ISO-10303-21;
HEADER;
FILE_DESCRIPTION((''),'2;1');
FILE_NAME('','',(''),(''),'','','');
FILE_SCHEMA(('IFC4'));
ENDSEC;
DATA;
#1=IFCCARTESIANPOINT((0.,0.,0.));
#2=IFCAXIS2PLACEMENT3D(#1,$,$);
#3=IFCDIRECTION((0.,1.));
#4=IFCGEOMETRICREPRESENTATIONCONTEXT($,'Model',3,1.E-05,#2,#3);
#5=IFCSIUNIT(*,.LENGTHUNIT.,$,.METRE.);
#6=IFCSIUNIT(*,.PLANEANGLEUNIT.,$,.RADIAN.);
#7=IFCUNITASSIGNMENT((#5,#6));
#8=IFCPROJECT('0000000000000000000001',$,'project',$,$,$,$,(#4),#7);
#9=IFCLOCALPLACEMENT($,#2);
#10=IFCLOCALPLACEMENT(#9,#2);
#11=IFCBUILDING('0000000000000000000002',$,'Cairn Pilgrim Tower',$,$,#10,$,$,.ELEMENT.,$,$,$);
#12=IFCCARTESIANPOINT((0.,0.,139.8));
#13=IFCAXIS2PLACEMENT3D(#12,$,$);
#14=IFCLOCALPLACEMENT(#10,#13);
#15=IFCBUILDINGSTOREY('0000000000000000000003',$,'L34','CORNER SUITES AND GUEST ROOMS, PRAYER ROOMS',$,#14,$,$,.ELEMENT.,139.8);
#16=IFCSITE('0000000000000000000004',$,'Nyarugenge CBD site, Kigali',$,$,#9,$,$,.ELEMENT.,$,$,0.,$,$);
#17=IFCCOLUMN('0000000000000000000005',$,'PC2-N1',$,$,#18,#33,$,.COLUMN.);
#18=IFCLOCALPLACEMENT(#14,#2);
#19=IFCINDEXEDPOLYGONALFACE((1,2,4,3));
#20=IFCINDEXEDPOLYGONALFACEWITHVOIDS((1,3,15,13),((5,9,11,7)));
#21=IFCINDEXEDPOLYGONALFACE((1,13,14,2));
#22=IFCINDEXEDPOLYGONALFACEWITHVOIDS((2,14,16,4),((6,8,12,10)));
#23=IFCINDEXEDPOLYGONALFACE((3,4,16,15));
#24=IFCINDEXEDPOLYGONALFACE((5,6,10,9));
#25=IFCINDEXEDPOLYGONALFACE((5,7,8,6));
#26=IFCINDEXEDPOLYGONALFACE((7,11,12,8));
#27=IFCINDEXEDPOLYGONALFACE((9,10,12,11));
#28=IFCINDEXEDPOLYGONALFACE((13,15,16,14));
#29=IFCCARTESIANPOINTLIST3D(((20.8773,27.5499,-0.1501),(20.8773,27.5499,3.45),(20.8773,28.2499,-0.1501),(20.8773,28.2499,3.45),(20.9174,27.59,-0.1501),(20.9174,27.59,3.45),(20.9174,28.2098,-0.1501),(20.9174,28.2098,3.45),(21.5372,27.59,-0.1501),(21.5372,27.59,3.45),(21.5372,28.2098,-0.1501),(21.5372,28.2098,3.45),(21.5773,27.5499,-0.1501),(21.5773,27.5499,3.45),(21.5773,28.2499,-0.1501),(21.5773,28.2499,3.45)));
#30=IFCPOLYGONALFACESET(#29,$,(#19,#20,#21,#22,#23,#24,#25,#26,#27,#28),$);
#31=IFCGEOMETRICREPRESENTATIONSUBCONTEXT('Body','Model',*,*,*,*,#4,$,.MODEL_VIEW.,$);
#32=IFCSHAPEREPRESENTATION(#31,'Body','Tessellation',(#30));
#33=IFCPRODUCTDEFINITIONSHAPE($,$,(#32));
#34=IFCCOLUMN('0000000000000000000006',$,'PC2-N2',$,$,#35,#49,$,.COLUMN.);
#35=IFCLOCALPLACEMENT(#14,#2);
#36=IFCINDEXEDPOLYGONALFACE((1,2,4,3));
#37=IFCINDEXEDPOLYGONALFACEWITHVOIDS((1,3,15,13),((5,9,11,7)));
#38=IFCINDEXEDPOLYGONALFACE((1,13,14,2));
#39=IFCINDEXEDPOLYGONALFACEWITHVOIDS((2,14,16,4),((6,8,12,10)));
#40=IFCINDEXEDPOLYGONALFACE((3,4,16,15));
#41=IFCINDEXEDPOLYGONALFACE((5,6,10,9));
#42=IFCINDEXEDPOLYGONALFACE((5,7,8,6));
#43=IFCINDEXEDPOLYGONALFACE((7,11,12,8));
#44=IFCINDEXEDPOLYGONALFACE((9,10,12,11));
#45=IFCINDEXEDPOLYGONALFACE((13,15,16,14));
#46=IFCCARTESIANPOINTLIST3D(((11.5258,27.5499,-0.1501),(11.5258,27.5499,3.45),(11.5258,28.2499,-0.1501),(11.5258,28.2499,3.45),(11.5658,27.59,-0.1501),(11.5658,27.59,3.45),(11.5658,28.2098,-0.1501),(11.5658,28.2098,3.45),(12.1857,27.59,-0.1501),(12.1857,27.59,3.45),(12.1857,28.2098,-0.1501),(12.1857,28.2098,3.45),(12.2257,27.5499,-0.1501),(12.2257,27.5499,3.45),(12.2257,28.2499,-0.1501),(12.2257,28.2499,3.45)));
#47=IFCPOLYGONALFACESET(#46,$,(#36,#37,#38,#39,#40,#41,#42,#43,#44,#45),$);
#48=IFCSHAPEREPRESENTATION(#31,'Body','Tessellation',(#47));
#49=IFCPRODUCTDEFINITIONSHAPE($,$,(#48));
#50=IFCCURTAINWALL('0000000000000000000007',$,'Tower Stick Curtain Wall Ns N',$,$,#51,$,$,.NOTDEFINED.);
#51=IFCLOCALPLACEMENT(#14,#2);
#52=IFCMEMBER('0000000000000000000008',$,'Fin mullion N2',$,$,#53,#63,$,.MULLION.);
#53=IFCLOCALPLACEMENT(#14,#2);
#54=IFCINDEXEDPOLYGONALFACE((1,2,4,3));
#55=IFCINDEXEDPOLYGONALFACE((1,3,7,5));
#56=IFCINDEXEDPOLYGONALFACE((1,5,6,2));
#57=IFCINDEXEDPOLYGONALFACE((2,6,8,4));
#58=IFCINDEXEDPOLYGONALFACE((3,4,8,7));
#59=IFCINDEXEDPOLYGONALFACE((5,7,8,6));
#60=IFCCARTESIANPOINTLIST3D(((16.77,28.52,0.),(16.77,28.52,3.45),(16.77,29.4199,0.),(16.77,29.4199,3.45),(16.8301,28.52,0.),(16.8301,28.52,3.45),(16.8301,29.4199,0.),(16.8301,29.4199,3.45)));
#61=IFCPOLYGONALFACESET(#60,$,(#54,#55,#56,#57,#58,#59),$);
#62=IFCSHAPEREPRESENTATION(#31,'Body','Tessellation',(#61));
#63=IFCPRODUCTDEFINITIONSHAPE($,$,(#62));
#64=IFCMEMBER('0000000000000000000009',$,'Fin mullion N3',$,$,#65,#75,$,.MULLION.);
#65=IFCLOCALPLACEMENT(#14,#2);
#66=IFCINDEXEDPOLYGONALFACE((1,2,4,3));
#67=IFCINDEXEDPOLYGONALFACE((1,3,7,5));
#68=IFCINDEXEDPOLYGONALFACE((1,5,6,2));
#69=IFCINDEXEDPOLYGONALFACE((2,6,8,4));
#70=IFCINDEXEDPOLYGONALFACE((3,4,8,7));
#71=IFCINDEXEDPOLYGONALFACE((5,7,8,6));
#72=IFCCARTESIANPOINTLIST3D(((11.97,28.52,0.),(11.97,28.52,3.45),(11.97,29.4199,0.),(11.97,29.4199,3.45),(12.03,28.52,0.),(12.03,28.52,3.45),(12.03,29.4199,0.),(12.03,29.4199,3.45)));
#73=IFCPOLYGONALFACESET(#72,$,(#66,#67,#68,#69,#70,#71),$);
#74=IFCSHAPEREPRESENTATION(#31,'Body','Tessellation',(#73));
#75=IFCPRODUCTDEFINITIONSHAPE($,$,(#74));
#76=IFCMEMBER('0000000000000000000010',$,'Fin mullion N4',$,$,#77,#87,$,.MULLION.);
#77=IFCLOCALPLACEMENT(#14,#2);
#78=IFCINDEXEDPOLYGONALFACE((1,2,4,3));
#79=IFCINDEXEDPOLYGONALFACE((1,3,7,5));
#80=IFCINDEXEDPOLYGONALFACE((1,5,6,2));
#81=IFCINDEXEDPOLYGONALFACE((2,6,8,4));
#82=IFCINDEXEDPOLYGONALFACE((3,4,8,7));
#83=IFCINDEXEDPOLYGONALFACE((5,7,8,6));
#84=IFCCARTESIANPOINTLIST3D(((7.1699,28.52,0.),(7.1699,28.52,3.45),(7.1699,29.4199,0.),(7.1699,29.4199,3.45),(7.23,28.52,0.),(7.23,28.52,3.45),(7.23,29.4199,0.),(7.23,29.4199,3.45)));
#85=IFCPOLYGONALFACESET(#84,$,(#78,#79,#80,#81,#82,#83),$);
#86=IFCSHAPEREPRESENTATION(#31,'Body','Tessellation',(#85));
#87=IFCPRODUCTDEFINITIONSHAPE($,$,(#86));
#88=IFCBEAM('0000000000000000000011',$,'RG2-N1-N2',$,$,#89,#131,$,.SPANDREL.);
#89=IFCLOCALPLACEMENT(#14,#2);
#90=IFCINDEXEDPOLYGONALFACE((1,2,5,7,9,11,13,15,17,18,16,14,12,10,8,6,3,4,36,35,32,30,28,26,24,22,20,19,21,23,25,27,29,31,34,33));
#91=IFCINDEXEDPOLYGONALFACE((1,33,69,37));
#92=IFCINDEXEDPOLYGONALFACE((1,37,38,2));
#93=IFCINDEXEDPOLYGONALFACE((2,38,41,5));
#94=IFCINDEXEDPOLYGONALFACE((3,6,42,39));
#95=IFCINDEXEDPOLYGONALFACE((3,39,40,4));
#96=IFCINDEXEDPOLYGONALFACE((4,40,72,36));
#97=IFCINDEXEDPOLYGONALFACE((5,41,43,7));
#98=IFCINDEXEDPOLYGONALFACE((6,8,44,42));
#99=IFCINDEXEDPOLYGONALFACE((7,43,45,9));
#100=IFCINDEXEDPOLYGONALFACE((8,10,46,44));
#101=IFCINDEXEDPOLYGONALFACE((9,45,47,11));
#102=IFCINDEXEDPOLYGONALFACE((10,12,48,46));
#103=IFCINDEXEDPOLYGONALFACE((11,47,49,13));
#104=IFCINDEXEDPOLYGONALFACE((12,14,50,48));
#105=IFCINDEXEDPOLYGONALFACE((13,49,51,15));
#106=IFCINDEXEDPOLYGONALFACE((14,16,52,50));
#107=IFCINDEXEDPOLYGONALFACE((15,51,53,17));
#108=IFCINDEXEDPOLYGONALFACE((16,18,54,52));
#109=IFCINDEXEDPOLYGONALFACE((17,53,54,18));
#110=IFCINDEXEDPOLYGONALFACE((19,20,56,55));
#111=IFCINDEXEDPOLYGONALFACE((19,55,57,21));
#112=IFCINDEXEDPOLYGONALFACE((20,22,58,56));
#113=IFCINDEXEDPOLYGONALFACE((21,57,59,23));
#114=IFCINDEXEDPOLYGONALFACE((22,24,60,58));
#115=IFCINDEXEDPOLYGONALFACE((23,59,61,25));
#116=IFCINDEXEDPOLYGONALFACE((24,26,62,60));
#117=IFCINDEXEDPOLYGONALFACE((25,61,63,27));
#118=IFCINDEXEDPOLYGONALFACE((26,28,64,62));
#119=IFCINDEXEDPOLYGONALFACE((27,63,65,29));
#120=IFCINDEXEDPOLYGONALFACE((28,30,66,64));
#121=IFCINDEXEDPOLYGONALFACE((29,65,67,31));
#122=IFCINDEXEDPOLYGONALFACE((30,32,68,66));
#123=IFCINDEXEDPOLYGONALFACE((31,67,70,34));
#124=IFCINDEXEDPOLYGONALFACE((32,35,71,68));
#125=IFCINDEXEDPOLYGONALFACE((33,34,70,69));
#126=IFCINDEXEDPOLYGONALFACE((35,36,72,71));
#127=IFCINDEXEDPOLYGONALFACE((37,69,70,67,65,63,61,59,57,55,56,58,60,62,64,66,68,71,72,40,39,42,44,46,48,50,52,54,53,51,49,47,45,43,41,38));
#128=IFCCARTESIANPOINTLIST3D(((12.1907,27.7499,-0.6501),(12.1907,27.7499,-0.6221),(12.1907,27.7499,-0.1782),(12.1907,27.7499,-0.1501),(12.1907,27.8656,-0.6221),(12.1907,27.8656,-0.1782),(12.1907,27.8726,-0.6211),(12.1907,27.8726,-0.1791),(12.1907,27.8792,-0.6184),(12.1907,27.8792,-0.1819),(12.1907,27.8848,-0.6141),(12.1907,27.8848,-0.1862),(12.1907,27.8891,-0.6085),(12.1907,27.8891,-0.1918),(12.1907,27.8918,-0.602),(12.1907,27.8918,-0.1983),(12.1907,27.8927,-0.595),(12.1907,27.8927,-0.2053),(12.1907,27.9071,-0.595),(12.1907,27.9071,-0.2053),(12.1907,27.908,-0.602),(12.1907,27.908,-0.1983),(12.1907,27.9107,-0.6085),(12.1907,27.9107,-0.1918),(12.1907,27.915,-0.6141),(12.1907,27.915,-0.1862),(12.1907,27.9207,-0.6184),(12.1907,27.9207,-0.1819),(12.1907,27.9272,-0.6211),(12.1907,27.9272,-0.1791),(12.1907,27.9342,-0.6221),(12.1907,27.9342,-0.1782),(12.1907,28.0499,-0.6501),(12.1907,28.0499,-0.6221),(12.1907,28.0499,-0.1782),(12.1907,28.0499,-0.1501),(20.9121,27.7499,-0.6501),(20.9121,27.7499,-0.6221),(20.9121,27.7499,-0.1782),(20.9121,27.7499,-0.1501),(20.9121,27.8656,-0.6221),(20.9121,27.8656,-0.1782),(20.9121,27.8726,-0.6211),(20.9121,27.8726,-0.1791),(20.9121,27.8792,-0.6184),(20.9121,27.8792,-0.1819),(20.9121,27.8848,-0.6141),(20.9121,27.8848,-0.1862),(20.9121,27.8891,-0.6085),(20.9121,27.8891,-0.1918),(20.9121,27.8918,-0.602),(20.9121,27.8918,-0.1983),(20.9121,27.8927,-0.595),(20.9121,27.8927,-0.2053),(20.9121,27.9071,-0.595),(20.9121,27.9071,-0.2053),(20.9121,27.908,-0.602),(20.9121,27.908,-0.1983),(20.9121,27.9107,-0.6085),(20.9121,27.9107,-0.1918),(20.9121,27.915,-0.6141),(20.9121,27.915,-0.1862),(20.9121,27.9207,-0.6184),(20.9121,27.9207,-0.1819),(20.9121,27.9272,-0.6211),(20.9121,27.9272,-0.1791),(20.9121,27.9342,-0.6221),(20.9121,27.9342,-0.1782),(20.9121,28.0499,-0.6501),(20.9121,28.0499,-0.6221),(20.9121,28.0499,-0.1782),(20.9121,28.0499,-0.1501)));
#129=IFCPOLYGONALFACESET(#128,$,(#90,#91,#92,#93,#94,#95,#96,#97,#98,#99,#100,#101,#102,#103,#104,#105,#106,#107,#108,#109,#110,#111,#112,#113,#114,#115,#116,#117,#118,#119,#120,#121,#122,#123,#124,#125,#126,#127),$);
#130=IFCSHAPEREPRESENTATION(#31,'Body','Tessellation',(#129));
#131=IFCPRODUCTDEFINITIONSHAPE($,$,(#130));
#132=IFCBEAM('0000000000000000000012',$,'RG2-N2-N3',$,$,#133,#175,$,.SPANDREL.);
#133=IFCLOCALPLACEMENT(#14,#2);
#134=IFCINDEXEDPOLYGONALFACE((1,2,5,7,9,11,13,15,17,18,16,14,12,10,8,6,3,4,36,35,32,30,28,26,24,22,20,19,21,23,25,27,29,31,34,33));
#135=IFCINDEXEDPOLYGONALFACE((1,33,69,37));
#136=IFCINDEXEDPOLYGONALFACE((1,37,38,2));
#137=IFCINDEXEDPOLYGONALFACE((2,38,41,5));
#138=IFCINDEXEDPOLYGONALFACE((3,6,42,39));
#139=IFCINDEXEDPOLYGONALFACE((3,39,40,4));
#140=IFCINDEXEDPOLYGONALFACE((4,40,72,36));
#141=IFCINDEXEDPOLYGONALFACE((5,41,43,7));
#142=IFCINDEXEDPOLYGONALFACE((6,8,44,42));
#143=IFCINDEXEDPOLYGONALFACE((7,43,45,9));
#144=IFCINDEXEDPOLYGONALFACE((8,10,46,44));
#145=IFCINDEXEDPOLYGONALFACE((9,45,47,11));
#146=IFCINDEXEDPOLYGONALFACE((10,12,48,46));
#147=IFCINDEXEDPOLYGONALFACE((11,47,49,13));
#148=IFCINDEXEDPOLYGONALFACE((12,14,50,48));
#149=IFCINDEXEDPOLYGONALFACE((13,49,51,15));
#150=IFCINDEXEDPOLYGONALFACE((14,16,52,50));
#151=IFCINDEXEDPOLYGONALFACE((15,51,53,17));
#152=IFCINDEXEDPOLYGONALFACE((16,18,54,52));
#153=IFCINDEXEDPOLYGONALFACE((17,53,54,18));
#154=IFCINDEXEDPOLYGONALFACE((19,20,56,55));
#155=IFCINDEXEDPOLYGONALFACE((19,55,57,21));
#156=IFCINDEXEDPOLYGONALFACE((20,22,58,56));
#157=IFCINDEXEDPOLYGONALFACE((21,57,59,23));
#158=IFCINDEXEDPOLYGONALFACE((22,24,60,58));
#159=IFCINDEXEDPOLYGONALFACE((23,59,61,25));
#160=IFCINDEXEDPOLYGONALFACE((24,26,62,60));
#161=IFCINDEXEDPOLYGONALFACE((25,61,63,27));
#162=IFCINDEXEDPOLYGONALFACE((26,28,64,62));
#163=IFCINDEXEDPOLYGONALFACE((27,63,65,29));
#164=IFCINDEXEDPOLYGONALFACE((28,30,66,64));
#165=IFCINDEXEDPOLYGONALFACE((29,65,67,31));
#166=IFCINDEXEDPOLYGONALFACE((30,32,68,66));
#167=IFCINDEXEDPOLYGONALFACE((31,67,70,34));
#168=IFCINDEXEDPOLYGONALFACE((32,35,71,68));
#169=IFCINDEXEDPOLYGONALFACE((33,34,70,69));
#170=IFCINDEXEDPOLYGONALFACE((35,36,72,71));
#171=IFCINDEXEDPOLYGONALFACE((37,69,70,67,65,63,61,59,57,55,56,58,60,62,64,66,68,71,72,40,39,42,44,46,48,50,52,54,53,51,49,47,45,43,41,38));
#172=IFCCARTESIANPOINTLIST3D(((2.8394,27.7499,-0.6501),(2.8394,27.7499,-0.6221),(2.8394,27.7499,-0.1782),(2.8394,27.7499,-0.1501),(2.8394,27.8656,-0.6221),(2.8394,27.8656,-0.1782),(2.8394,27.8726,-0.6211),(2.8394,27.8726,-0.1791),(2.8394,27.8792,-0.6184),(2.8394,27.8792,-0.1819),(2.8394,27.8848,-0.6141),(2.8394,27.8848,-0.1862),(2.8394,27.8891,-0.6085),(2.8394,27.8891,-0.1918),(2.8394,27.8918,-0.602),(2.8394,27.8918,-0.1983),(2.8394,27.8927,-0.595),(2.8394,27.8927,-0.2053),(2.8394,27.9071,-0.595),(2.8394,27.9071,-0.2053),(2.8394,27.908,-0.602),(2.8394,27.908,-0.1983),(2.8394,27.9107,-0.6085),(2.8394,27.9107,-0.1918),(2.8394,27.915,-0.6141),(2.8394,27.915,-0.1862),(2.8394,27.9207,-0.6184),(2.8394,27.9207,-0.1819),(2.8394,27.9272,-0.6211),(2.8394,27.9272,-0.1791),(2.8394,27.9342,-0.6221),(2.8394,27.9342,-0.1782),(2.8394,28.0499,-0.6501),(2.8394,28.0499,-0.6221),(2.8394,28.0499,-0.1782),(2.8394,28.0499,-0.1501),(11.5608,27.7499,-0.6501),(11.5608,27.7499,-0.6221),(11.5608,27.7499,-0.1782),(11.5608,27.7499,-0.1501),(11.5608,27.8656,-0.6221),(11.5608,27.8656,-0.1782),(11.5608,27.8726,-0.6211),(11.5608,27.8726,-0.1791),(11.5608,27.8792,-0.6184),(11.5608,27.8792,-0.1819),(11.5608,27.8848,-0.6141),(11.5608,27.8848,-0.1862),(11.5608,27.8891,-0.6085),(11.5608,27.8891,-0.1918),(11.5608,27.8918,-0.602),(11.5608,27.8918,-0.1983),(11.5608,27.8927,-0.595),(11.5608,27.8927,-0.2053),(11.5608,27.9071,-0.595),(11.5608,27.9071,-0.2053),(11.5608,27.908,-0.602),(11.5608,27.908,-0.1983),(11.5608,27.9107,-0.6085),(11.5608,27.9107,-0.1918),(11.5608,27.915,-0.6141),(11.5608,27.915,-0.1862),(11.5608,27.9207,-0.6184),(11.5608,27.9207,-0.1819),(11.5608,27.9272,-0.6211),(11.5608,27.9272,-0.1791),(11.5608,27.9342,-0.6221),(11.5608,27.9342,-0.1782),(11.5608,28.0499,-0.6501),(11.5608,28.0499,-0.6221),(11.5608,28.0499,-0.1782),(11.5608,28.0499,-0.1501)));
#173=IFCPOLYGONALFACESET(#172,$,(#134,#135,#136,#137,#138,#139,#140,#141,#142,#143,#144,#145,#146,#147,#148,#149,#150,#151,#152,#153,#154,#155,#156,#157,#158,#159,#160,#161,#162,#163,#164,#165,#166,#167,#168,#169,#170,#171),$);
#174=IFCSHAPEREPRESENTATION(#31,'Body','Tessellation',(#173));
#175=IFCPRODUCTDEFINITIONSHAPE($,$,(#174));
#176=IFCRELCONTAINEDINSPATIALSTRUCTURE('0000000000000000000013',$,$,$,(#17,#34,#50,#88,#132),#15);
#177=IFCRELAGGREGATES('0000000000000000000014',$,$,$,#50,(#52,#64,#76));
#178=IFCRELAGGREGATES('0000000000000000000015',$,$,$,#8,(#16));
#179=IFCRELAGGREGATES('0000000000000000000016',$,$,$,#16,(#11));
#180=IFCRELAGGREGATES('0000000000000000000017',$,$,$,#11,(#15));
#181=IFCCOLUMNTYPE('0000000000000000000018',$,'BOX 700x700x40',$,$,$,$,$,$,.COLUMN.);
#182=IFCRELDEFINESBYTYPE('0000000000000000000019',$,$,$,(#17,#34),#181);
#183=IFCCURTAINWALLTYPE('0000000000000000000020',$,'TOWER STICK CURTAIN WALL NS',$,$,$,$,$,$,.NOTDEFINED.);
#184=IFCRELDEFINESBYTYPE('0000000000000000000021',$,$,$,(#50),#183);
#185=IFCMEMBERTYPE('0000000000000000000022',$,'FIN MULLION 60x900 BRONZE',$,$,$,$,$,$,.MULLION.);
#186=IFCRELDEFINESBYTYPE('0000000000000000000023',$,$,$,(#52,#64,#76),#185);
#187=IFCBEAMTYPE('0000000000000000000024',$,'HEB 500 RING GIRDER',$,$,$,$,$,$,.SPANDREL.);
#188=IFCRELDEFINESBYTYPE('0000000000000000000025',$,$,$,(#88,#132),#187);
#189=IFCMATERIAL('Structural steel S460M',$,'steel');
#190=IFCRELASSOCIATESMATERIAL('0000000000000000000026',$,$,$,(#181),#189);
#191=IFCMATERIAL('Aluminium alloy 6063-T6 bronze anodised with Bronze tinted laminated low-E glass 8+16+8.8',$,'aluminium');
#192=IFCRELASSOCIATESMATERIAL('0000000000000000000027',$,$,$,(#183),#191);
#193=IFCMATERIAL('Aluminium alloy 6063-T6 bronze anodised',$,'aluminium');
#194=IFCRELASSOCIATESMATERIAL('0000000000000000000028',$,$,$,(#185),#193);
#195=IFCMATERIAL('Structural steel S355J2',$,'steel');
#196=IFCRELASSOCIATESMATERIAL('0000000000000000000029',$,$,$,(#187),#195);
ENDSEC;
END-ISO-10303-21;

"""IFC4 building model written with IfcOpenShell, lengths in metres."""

from ifc_helpers import new_model, si_unit, direction, frame, origin, origin_2d, place, context, subcontext, project, spatial, rectangle, hollow_rectangle, i_section, extrude, material, material_profile, profile_set, type_object, element, aggregate, save


model = new_model("IFC4")

# Units and contexts
model_context = context("Model", 3, precision=1e-05, world=origin(), true_north=direction((0.0, 1.0)))
body_context = subcontext(model_context, "Body", "Model", "MODEL_VIEW")
ifc_project = project(units=[si_unit("LENGTHUNIT", "METRE"), si_unit("PLANEANGLEUNIT", "RADIAN")], contexts=[model_context])

# Site, building, storey
site_placement = place(None, origin())
site = spatial("IfcSite", under=ifc_project, at=site_placement, Name="Nyarugenge CBD site, Kigali", CompositionType="ELEMENT", RefElevation=0.0)
building_placement = place(site_placement, origin())
building = spatial("IfcBuilding", under=site, at=building_placement, Name="Cairn Pilgrim Tower", CompositionType="ELEMENT")
storey_placement = place(building_placement, frame((0.0, 0.0, 139.8)))
storey = spatial("IfcBuildingStorey", under=building, at=storey_placement, Name="L34", Description="CORNER SUITES AND GUEST ROOMS, PRAYER ROOMS", CompositionType="ELEMENT", Elevation=139.8)

# Columns
ifc_material_1 = material(Name="Structural steel S460M", Category="steel")
ifc_material_profile_1 = material_profile(ifc_material_1, hollow_rectangle(XDim=0.7, YDim=0.7, WallThickness=0.04, at=origin_2d()), Name="BOX 700x700x40")
ifc_profile_set_1 = profile_set([ifc_material_profile_1], Name="Structural steel S460M")
column_type = type_object("IfcColumnType", Name="BOX 700x700x40", PredefinedType="COLUMN", material=ifc_profile_set_1)
for number, where, z_axis, x_axis, name in (
    (1, (21.2273, 27.8999, -0.1501), (0.0, 0.0, 1.0), (1.0, 0.0, 0.0), "PC2-N1"),
    (2, (11.8757, 27.8999, -0.1501), (0.0, 0.0, 1.0), (1.0, 0.0, 0.0), "PC2-N2"),
):
    element("IfcColumn", number, at=place(storey_placement, frame(where, z_axis=z_axis, x_axis=x_axis)), inside=storey, type_object=column_type, Name=name, PredefinedType="COLUMN", context=body_context, shape_type="SweptSolid", body=[
        extrude(hollow_rectangle(XDim=0.7, YDim=0.7, WallThickness=0.04, at=origin_2d()), origin(), (0.0, 0.0, 1.0), 3.6001),
    ])

# Curtain wall, members
ifc_material_2 = material(Name="Aluminium alloy 6063-T6 bronze anodised with Bronze tinted laminated low-E glass 8+16+8.8", Category="aluminium")
curtain_wall_type = type_object("IfcCurtainWallType", Name="TOWER STICK CURTAIN WALL NS", PredefinedType="NOTDEFINED", material=ifc_material_2)
curtain_wall_placement = place(storey_placement, origin())
curtain_wall = element("IfcCurtainWall", 3, at=curtain_wall_placement, inside=storey, type_object=curtain_wall_type, Name="Tower Stick Curtain Wall Ns N", PredefinedType="NOTDEFINED")
ifc_material_3 = material(Name="Aluminium alloy 6063-T6 bronze anodised", Category="aluminium")
ifc_material_profile_2 = material_profile(ifc_material_3, rectangle(XDim=0.8999, YDim=0.0601, at=origin_2d()), Name="FIN MULLION 60x900 BRONZE")
ifc_profile_set_2 = profile_set([ifc_material_profile_2], Name="Aluminium alloy 6063-T6 bronze anodised")
member_type = type_object("IfcMemberType", Name="FIN MULLION 60x900 BRONZE", PredefinedType="MULLION", material=ifc_profile_set_2)
member_1_placement = place(storey_placement, frame((16.8, 28.97, 0.0), z_axis=(0.0, 0.0, 1.0), x_axis=(0.0, 1.0, 0.0)))
member_1 = element("IfcMember", 4, at=member_1_placement, type_object=member_type, Name="Fin mullion N2", PredefinedType="MULLION", context=body_context, shape_type="SweptSolid", body=[
    extrude(rectangle(XDim=0.8999, YDim=0.0601, at=origin_2d()), origin(), (0.0, 0.0, 1.0), 3.45),
])
member_2_placement = place(storey_placement, frame((12.0, 28.97, 0.0), z_axis=(0.0, 0.0, 1.0), x_axis=(0.0, 1.0, 0.0)))
member_2 = element("IfcMember", 5, at=member_2_placement, type_object=member_type, Name="Fin mullion N3", PredefinedType="MULLION", context=body_context, shape_type="SweptSolid", body=[
    extrude(rectangle(XDim=0.8999, YDim=0.0601, at=origin_2d()), origin(), (0.0, 0.0, 1.0), 3.45),
])
member_3_placement = place(storey_placement, frame((7.2, 28.97, 0.0), z_axis=(0.0, 0.0, 1.0), x_axis=(0.0, 1.0, 0.0)))
member_3 = element("IfcMember", 6, at=member_3_placement, type_object=member_type, Name="Fin mullion N4", PredefinedType="MULLION", context=body_context, shape_type="SweptSolid", body=[
    extrude(rectangle(XDim=0.8999, YDim=0.0601, at=origin_2d()), origin(), (0.0, 0.0, 1.0), 3.45),
])
aggregate(curtain_wall, [member_1, member_2, member_3])

# Beams
ifc_material_4 = material(Name="Structural steel S355J2", Category="steel")
ifc_material_profile_3 = material_profile(ifc_material_4, i_section(OverallWidth=0.3, OverallDepth=0.5, WebThickness=0.0144, FlangeThickness=0.0281, FilletRadius=0.0271, at=origin_2d()), Name="HEB 500")
ifc_profile_set_3 = profile_set([ifc_material_profile_3], Name="Structural steel S355J2")
beam_type_1 = type_object("IfcBeamType", Name="HEB 500 RING GIRDER", PredefinedType="SPANDREL", material=ifc_profile_set_3)
for number, where, z_axis, x_axis, name in (
    (7, (20.9121, 27.8999, -0.4001), (-1.0, 0.0, 0.0), (0.0, -1.0, 0.0), "RG2-N1-N2"),
    (8, (11.5608, 27.8999, -0.4001), (-1.0, 0.0, 0.0), (0.0, -1.0, 0.0), "RG2-N2-N3"),
):
    element("IfcBeam", number, at=place(storey_placement, frame(where, z_axis=z_axis, x_axis=x_axis)), inside=storey, type_object=beam_type_1, Name=name, PredefinedType="SPANDREL", context=body_context, shape_type="SweptSolid", body=[
        extrude(i_section(OverallWidth=0.3, OverallDepth=0.5, WebThickness=0.0144, FlangeThickness=0.0281, FilletRadius=0.0271, at=origin_2d()), origin(), (0.0, 0.0, 1.0), 8.7214),
    ])

save(model, "model.ifc")
